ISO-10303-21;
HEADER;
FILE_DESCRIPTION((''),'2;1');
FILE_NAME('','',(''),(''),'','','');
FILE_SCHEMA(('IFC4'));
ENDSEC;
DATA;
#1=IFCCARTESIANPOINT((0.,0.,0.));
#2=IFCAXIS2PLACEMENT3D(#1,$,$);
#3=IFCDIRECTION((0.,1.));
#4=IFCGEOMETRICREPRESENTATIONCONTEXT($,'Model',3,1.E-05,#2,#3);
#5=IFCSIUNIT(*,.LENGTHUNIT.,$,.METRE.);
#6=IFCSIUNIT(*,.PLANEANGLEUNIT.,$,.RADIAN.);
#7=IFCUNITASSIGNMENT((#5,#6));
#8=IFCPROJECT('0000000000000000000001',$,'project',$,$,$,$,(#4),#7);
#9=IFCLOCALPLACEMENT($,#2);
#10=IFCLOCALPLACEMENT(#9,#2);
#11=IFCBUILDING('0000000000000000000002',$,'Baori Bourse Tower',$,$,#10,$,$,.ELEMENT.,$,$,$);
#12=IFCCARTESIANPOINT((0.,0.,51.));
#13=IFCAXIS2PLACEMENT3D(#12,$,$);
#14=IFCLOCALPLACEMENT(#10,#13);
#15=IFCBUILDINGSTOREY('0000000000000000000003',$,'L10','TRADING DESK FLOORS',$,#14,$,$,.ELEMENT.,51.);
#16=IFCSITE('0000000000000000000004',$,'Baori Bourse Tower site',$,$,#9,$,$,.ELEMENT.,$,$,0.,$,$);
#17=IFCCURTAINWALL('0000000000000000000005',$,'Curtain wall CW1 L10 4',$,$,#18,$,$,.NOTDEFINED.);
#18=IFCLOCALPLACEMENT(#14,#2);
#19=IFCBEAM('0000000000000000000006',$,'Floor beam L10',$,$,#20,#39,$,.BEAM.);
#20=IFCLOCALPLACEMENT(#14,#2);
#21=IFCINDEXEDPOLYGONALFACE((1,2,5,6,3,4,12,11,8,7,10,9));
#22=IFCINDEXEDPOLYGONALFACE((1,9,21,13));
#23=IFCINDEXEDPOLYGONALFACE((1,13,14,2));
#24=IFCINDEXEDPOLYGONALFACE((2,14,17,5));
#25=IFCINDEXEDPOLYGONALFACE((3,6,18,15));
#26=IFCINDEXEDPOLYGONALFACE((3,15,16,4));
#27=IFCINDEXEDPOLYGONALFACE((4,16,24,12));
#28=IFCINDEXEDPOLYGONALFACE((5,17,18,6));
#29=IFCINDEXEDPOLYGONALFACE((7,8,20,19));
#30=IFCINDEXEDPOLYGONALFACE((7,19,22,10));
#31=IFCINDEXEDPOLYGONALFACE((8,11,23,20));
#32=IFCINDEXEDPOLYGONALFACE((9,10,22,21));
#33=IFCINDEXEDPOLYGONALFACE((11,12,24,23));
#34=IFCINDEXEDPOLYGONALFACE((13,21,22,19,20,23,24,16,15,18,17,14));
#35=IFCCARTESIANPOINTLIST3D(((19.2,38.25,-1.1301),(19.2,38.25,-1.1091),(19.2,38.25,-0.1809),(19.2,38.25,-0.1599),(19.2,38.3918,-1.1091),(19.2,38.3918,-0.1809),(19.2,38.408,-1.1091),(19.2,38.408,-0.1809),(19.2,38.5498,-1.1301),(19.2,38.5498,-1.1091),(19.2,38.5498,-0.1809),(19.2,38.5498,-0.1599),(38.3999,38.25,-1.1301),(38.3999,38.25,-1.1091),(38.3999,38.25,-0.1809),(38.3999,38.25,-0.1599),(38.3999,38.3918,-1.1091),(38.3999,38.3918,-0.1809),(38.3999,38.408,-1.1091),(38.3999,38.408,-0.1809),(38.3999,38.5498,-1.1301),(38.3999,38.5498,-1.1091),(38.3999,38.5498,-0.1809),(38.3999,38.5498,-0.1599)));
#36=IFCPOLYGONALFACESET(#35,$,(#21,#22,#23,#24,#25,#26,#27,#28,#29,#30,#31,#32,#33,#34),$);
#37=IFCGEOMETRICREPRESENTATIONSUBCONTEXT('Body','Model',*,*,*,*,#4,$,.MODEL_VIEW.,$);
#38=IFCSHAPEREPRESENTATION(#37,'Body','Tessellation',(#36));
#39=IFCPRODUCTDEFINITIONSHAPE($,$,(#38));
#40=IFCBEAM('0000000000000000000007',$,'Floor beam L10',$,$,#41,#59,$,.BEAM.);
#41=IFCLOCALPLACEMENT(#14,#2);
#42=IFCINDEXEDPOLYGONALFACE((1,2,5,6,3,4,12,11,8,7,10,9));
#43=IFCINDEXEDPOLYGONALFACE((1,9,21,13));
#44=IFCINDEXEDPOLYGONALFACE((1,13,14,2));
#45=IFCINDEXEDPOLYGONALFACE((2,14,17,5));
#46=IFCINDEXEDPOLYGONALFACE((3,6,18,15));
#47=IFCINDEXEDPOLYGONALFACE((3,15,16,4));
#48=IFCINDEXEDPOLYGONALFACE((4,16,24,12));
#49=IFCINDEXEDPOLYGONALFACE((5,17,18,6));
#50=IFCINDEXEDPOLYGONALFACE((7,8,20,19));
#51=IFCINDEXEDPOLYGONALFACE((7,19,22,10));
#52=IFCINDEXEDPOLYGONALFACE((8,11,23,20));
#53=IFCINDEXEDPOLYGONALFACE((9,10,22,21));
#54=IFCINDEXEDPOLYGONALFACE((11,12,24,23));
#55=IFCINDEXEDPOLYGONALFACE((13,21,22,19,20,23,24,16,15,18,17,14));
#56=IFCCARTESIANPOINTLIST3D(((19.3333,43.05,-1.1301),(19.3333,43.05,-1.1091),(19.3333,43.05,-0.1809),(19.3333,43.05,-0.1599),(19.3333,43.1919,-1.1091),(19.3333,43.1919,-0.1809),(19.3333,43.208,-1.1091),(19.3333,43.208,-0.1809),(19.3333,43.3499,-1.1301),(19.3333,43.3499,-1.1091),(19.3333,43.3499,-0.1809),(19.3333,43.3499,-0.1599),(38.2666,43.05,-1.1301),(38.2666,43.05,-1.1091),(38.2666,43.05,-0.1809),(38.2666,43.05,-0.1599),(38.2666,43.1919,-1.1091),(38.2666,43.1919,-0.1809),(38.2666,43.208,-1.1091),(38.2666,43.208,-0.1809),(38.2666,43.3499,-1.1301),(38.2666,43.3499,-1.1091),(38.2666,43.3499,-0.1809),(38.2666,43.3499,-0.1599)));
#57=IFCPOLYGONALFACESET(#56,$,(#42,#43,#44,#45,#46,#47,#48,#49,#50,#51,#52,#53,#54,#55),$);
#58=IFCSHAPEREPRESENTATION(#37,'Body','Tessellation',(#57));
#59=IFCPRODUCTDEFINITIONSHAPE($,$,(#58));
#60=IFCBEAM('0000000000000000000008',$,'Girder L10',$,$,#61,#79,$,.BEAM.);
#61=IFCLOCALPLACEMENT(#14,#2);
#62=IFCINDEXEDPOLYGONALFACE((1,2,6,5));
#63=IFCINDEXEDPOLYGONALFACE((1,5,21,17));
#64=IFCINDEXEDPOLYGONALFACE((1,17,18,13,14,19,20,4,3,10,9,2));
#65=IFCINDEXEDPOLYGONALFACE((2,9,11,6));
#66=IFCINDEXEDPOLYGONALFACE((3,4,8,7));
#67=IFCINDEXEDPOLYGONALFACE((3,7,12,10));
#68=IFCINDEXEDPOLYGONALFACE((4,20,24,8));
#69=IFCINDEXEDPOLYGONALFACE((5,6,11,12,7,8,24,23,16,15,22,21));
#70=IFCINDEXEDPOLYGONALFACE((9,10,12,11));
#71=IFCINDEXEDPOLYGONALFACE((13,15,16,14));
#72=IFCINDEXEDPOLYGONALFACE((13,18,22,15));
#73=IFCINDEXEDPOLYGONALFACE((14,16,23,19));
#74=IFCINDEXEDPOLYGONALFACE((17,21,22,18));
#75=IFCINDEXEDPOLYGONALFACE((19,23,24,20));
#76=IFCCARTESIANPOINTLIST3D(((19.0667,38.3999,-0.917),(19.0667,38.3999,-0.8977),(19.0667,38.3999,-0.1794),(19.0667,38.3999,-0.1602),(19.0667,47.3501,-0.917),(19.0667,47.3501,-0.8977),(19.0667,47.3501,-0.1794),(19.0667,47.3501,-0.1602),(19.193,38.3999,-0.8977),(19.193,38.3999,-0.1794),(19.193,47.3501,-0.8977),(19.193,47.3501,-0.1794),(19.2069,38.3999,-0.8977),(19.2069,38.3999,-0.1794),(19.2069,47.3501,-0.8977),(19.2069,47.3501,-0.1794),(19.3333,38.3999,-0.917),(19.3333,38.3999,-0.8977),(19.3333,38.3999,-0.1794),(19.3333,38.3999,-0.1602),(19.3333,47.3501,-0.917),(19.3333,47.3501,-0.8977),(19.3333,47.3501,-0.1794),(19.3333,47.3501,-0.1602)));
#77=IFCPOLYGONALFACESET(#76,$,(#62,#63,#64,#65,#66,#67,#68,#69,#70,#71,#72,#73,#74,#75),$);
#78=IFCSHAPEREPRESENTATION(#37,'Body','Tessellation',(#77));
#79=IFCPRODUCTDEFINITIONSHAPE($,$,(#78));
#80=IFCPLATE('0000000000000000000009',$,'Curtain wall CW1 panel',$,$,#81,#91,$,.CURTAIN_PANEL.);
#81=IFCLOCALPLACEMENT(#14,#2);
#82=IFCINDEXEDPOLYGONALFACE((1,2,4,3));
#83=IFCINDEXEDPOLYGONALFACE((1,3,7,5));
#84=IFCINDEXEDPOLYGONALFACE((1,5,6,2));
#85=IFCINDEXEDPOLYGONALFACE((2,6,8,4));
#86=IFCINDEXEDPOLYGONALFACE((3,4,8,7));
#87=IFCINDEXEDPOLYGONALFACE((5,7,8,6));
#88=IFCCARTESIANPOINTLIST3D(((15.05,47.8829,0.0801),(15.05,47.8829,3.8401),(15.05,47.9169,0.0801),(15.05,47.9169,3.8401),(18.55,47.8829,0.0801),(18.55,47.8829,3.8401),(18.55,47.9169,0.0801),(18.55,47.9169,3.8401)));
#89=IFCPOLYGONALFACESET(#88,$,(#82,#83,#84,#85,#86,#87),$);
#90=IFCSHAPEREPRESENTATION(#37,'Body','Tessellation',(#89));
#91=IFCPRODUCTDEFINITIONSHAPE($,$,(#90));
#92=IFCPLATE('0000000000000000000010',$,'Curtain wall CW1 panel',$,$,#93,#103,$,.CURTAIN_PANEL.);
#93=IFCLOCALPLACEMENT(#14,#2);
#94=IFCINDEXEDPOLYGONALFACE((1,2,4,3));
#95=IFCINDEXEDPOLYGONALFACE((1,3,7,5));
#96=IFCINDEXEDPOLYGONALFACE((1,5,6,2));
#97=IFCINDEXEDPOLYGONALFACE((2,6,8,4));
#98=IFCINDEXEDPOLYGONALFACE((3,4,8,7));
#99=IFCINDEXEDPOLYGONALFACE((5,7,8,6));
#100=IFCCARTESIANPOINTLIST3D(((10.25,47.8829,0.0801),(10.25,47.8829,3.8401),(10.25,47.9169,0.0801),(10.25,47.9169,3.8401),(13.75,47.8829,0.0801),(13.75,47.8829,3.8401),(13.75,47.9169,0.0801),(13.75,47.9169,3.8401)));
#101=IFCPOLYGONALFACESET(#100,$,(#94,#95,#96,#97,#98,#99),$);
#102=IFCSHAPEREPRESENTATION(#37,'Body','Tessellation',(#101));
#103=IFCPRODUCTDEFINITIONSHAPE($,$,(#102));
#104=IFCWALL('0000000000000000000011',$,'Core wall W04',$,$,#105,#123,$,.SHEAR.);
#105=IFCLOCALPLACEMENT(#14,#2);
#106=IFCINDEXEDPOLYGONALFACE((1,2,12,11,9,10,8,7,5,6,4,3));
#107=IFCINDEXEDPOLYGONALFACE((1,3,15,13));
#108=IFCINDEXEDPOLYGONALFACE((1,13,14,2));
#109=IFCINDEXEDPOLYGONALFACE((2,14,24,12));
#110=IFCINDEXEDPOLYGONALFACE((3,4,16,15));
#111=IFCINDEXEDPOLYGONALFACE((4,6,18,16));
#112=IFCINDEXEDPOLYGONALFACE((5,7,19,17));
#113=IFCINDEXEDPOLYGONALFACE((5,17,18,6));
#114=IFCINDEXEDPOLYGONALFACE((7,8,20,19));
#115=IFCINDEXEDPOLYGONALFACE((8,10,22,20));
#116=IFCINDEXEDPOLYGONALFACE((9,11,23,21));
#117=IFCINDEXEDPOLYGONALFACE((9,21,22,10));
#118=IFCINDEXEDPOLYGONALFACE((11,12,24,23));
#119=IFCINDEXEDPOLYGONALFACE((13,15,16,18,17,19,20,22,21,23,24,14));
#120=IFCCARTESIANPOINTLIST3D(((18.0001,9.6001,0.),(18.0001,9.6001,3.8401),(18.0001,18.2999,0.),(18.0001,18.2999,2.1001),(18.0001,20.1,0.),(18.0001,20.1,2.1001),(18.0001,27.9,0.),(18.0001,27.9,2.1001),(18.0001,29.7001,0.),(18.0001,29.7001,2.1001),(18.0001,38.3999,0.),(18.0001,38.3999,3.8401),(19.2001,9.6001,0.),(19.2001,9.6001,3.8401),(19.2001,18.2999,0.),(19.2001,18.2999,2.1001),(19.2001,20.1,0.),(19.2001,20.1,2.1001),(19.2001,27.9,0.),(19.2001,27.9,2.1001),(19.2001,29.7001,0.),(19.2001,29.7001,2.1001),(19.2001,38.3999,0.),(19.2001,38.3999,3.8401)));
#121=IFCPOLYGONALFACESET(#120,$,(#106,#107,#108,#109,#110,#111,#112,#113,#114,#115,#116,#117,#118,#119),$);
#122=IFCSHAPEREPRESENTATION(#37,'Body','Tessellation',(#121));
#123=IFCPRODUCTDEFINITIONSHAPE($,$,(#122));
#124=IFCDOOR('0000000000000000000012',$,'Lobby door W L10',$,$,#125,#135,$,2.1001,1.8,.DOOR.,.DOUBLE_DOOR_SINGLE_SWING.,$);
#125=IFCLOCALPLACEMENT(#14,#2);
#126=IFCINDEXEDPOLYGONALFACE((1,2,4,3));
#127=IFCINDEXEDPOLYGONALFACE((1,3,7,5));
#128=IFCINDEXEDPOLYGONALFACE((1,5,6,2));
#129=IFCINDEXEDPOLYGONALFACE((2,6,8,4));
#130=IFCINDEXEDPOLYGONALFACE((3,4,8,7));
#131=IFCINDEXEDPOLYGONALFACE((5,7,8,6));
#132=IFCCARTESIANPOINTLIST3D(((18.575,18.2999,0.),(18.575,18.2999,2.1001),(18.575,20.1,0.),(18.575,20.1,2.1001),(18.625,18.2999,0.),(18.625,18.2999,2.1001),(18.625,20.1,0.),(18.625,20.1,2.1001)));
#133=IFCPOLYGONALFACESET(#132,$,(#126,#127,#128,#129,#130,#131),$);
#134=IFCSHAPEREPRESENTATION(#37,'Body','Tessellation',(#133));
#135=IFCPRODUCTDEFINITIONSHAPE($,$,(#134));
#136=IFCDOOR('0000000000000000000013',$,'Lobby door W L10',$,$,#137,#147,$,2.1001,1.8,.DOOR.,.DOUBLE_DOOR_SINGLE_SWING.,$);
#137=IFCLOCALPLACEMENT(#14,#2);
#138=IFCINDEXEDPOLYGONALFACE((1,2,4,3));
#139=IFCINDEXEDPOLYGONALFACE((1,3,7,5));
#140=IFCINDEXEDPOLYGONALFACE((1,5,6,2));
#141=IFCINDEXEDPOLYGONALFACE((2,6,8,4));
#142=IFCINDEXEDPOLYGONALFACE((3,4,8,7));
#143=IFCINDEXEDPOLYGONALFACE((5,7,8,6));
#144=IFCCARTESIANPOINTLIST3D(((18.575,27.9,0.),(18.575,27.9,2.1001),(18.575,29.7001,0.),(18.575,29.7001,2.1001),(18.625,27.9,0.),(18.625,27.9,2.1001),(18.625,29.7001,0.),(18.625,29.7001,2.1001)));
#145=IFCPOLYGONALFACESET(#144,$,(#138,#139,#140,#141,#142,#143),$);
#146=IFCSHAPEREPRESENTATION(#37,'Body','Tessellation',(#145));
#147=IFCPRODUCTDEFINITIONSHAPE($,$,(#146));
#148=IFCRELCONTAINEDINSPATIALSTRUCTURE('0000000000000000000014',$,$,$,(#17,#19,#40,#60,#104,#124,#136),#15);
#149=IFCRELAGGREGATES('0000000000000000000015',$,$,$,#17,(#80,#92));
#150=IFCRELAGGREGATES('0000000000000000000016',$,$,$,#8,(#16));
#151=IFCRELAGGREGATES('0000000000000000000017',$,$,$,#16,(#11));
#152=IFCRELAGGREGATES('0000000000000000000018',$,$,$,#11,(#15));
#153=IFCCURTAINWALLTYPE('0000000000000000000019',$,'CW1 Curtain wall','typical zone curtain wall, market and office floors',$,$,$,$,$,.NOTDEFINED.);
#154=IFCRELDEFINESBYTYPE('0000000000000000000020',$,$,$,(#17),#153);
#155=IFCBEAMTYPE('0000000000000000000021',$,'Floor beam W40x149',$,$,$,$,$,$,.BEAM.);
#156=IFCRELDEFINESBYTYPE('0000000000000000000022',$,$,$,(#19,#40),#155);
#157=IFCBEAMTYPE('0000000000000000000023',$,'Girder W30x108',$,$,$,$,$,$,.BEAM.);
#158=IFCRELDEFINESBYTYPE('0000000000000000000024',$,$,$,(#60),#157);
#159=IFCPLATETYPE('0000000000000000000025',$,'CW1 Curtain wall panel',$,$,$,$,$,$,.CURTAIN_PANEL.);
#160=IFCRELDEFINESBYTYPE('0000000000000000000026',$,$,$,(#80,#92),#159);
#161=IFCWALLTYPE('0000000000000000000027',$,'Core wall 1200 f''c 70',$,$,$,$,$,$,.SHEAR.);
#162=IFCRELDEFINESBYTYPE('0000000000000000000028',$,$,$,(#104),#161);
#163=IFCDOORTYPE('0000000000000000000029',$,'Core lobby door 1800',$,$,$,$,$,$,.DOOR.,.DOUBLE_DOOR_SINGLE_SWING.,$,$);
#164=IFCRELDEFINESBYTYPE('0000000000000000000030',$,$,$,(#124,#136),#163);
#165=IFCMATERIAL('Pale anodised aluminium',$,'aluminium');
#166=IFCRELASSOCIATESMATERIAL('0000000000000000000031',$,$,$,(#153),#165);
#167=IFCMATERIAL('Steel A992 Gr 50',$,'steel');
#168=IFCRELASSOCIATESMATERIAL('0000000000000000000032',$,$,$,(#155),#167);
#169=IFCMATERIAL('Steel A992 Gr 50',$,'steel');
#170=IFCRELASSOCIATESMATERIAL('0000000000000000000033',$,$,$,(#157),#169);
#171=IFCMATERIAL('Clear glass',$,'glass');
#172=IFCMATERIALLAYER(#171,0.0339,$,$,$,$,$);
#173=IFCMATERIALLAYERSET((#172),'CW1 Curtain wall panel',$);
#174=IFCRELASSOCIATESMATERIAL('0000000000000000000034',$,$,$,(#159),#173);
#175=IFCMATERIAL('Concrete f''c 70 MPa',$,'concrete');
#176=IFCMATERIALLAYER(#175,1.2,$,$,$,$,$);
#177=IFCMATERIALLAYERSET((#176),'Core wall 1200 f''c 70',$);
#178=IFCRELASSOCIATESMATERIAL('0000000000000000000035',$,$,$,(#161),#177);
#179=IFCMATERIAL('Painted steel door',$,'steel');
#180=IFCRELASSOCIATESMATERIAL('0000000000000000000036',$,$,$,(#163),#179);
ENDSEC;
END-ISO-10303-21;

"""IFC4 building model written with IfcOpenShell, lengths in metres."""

from ifc_helpers import new_model, si_unit, direction, frame, frame_2d, origin, origin_2d, place, context, subcontext, project, spatial, rectangle, i_section, extrude, material, layer, layer_set, material_profile, profile_set, type_object, element, fill, aggregate, save


model = new_model("IFC4")

# Units and contexts
model_context = context("Model", 3, precision=1e-05, world=origin(), true_north=direction((0.0, 1.0)))
body_context = subcontext(model_context, "Body", "Model", "MODEL_VIEW")
ifc_project = project(units=[si_unit("LENGTHUNIT", "METRE"), si_unit("PLANEANGLEUNIT", "RADIAN")], contexts=[model_context])

# Site, building, storey
site_placement = place(None, origin())
site = spatial("IfcSite", under=ifc_project, at=site_placement, Name="Baori Bourse Tower site", CompositionType="ELEMENT", RefElevation=0.0)
building_placement = place(site_placement, origin())
building = spatial("IfcBuilding", under=site, at=building_placement, Name="Baori Bourse Tower", CompositionType="ELEMENT")
storey_placement = place(building_placement, frame((0.0, 0.0, 51.0)))
storey = spatial("IfcBuildingStorey", under=building, at=storey_placement, Name="L10", Description="TRADING DESK FLOORS", CompositionType="ELEMENT", Elevation=51.0)

# Curtain wall
ifc_material_1 = material(Name="Pale anodised aluminium", Category="aluminium")
curtain_wall_type = type_object("IfcCurtainWallType", Name="CW1 Curtain wall", Description="typical zone curtain wall, market and office floors", PredefinedType="NOTDEFINED", material=ifc_material_1)
curtain_wall_placement = place(storey_placement, origin())
curtain_wall = element("IfcCurtainWall", 1, at=curtain_wall_placement, inside=storey, type_object=curtain_wall_type, Name="Curtain wall CW1 L10 4", PredefinedType="NOTDEFINED")

# Beams
ifc_material_2 = material(Name="Steel A992 Gr 50", Category="steel")
ifc_material_profile_1 = material_profile(ifc_material_2, i_section(OverallWidth=0.2998, OverallDepth=0.9702, WebThickness=0.0161, FlangeThickness=0.021, at=origin_2d()), Name="W40x149")
ifc_profile_set_1 = profile_set([ifc_material_profile_1], Name="Steel A992 Gr 50")
beam_type_1 = type_object("IfcBeamType", Name="Floor beam W40x149", PredefinedType="BEAM", material=ifc_profile_set_1)
beam_1_placement = place(storey_placement, frame((19.2, 38.3999, -0.645), z_axis=(1.0, 0.0, 0.0), x_axis=(0.0, 1.0, 0.0)))
element("IfcBeam", 2, at=beam_1_placement, inside=storey, type_object=beam_type_1, Name="Floor beam L10", PredefinedType="BEAM", context=body_context, shape_type="SweptSolid", body=[
    extrude(i_section(OverallWidth=0.2998, OverallDepth=0.9702, WebThickness=0.0161, FlangeThickness=0.021, at=origin_2d()), origin(), (0.0, 0.0, 1.0), 19.2),
])
beam_2_placement = place(storey_placement, frame((19.3333, 43.2, -0.645), z_axis=(1.0, 0.0, 0.0), x_axis=(0.0, 1.0, 0.0)))
element("IfcBeam", 3, at=beam_2_placement, inside=storey, type_object=beam_type_1, Name="Floor beam L10", PredefinedType="BEAM", context=body_context, shape_type="SweptSolid", body=[
    extrude(i_section(OverallWidth=0.2998, OverallDepth=0.9702, WebThickness=0.0161, FlangeThickness=0.021, at=origin_2d()), origin(), (0.0, 0.0, 1.0), 18.9333),
])
ifc_material_3 = material(Name="Steel A992 Gr 50", Category="steel")
ifc_material_profile_2 = material_profile(ifc_material_3, i_section(OverallWidth=0.2666, OverallDepth=0.7568, WebThickness=0.0139, FlangeThickness=0.0193, at=origin_2d()), Name="W30x108")
ifc_profile_set_2 = profile_set([ifc_material_profile_2], Name="Steel A992 Gr 50")
beam_type_2 = type_object("IfcBeamType", Name="Girder W30x108", PredefinedType="BEAM", material=ifc_profile_set_2)
beam_3_placement = place(storey_placement, frame((19.2, 38.3999, -0.5386), z_axis=(0.0, 1.0, 0.0), x_axis=(-1.0, 0.0, 0.0)))
element("IfcBeam", 4, at=beam_3_placement, inside=storey, type_object=beam_type_2, Name="Girder L10", PredefinedType="BEAM", context=body_context, shape_type="SweptSolid", body=[
    extrude(i_section(OverallWidth=0.2666, OverallDepth=0.7568, WebThickness=0.0139, FlangeThickness=0.0193, at=origin_2d()), origin(), (0.0, 0.0, 1.0), 8.9502),
])

# Plates
ifc_material_4 = material(Name="Clear glass", Category="glass")
ifc_layer_1 = layer(ifc_material_4, 0.0339)
ifc_layer_set_1 = layer_set([ifc_layer_1], Name="CW1 Curtain wall panel")
plate_type = type_object("IfcPlateType", Name="CW1 Curtain wall panel", PredefinedType="CURTAIN_PANEL", material=ifc_layer_set_1)
plate_1_placement = place(storey_placement, frame((16.8, 47.8999, 0.0801), z_axis=(0.0, 0.0, 1.0), x_axis=(-1.0, 0.0, 0.0)))
plate_1 = element("IfcPlate", 5, at=plate_1_placement, type_object=plate_type, Name="Curtain wall CW1 panel", PredefinedType="CURTAIN_PANEL", context=body_context, shape_type="SweptSolid", body=[
    extrude(rectangle(XDim=3.5, YDim=0.0339, at=origin_2d()), origin(), (0.0, 0.0, 1.0), 3.76),
])
plate_2_placement = place(storey_placement, frame((12.0, 47.8999, 0.0801), z_axis=(0.0, 0.0, 1.0), x_axis=(-1.0, 0.0, 0.0)))
plate_2 = element("IfcPlate", 6, at=plate_2_placement, type_object=plate_type, Name="Curtain wall CW1 panel", PredefinedType="CURTAIN_PANEL", context=body_context, shape_type="SweptSolid", body=[
    extrude(rectangle(XDim=3.5, YDim=0.0339, at=origin_2d()), origin(), (0.0, 0.0, 1.0), 3.76),
])
aggregate(curtain_wall, [plate_1, plate_2])

# Wall, openings, doors
ifc_material_5 = material(Name="Concrete f'c 70 MPa", Category="concrete")
ifc_layer_2 = layer(ifc_material_5, 1.2)
ifc_layer_set_2 = layer_set([ifc_layer_2], Name="Core wall 1200 f'c 70")
wall_type_1 = type_object("IfcWallType", Name="Core wall 1200 f'c 70", PredefinedType="SHEAR", material=ifc_layer_set_2)
wall_1_placement = place(storey_placement, frame((18.6001, 38.3999, 0.0), z_axis=(0.0, 0.0, 1.0), x_axis=(0.0, -1.0, 0.0)))
wall_1 = element("IfcWall", 7, at=wall_1_placement, inside=storey, type_object=wall_type_1, Name="Core wall W04", PredefinedType="SHEAR", context=body_context, shape_type="SweptSolid", body=[
    extrude(rectangle(XDim=28.7998, YDim=1.2, at=frame_2d((14.3999, 0.0))), origin(), (0.0, 0.0, 1.0), 3.8401),
])
opening_1_placement = place(wall_1_placement, frame((18.3, 0.0, 0.0)))
opening_1 = element("IfcOpeningElement", 8, at=opening_1_placement, cuts=wall_1, PredefinedType="OPENING", context=body_context, shape_type="SweptSolid", body=[
    extrude(rectangle(XDim=1.8, YDim=2.1001, at=frame_2d((0.8999, 1.05))), frame((0.0, 0.6099, 0.0), z_axis=(0.0, -1.0, 0.0), x_axis=(1.0, 0.0, 0.0)), (0.0, 0.0, 1.0), 1.22),
])
opening_2_placement = place(wall_1_placement, frame((8.7, 0.0, 0.0)))
opening_2 = element("IfcOpeningElement", 9, at=opening_2_placement, cuts=wall_1, PredefinedType="OPENING", context=body_context, shape_type="SweptSolid", body=[
    extrude(rectangle(XDim=1.8, YDim=2.1001, at=frame_2d((0.8999, 1.05))), frame((0.0, 0.6099, 0.0), z_axis=(0.0, -1.0, 0.0), x_axis=(1.0, 0.0, 0.0)), (0.0, 0.0, 1.0), 1.22),
])
ifc_material_6 = material(Name="Painted steel door", Category="steel")
door_type_1 = type_object("IfcDoorType", Name="Core lobby door 1800", OperationType="DOUBLE_DOOR_SINGLE_SWING", PredefinedType="DOOR", material=ifc_material_6)
door_1_placement = place(opening_1_placement, origin())
door_1 = element("IfcDoor", 10, at=door_1_placement, inside=storey, type_object=door_type_1, Name="Lobby door W L10", OperationType="DOUBLE_DOOR_SINGLE_SWING", OverallHeight=2.1001, OverallWidth=1.8, PredefinedType="DOOR", context=body_context, shape_type="SweptSolid", body=[
    extrude(rectangle(XDim=1.8, YDim=2.1001, at=frame_2d((0.8999, 1.05))), frame((0.0, 0.0249, 0.0), z_axis=(0.0, -1.0, 0.0), x_axis=(1.0, 0.0, 0.0)), (0.0, 0.0, 1.0), 0.05),
])
fill(opening_1, door_1)
door_2_placement = place(opening_2_placement, origin())
door_2 = element("IfcDoor", 11, at=door_2_placement, inside=storey, type_object=door_type_1, Name="Lobby door W L10", OperationType="DOUBLE_DOOR_SINGLE_SWING", OverallHeight=2.1001, OverallWidth=1.8, PredefinedType="DOOR", context=body_context, shape_type="SweptSolid", body=[
    extrude(rectangle(XDim=1.8, YDim=2.1001, at=frame_2d((0.8999, 1.05))), frame((0.0, 0.0249, 0.0), z_axis=(0.0, -1.0, 0.0), x_axis=(1.0, 0.0, 0.0)), (0.0, 0.0, 1.0), 0.05),
])
fill(opening_2, door_2)

save(model, "model.ifc")
